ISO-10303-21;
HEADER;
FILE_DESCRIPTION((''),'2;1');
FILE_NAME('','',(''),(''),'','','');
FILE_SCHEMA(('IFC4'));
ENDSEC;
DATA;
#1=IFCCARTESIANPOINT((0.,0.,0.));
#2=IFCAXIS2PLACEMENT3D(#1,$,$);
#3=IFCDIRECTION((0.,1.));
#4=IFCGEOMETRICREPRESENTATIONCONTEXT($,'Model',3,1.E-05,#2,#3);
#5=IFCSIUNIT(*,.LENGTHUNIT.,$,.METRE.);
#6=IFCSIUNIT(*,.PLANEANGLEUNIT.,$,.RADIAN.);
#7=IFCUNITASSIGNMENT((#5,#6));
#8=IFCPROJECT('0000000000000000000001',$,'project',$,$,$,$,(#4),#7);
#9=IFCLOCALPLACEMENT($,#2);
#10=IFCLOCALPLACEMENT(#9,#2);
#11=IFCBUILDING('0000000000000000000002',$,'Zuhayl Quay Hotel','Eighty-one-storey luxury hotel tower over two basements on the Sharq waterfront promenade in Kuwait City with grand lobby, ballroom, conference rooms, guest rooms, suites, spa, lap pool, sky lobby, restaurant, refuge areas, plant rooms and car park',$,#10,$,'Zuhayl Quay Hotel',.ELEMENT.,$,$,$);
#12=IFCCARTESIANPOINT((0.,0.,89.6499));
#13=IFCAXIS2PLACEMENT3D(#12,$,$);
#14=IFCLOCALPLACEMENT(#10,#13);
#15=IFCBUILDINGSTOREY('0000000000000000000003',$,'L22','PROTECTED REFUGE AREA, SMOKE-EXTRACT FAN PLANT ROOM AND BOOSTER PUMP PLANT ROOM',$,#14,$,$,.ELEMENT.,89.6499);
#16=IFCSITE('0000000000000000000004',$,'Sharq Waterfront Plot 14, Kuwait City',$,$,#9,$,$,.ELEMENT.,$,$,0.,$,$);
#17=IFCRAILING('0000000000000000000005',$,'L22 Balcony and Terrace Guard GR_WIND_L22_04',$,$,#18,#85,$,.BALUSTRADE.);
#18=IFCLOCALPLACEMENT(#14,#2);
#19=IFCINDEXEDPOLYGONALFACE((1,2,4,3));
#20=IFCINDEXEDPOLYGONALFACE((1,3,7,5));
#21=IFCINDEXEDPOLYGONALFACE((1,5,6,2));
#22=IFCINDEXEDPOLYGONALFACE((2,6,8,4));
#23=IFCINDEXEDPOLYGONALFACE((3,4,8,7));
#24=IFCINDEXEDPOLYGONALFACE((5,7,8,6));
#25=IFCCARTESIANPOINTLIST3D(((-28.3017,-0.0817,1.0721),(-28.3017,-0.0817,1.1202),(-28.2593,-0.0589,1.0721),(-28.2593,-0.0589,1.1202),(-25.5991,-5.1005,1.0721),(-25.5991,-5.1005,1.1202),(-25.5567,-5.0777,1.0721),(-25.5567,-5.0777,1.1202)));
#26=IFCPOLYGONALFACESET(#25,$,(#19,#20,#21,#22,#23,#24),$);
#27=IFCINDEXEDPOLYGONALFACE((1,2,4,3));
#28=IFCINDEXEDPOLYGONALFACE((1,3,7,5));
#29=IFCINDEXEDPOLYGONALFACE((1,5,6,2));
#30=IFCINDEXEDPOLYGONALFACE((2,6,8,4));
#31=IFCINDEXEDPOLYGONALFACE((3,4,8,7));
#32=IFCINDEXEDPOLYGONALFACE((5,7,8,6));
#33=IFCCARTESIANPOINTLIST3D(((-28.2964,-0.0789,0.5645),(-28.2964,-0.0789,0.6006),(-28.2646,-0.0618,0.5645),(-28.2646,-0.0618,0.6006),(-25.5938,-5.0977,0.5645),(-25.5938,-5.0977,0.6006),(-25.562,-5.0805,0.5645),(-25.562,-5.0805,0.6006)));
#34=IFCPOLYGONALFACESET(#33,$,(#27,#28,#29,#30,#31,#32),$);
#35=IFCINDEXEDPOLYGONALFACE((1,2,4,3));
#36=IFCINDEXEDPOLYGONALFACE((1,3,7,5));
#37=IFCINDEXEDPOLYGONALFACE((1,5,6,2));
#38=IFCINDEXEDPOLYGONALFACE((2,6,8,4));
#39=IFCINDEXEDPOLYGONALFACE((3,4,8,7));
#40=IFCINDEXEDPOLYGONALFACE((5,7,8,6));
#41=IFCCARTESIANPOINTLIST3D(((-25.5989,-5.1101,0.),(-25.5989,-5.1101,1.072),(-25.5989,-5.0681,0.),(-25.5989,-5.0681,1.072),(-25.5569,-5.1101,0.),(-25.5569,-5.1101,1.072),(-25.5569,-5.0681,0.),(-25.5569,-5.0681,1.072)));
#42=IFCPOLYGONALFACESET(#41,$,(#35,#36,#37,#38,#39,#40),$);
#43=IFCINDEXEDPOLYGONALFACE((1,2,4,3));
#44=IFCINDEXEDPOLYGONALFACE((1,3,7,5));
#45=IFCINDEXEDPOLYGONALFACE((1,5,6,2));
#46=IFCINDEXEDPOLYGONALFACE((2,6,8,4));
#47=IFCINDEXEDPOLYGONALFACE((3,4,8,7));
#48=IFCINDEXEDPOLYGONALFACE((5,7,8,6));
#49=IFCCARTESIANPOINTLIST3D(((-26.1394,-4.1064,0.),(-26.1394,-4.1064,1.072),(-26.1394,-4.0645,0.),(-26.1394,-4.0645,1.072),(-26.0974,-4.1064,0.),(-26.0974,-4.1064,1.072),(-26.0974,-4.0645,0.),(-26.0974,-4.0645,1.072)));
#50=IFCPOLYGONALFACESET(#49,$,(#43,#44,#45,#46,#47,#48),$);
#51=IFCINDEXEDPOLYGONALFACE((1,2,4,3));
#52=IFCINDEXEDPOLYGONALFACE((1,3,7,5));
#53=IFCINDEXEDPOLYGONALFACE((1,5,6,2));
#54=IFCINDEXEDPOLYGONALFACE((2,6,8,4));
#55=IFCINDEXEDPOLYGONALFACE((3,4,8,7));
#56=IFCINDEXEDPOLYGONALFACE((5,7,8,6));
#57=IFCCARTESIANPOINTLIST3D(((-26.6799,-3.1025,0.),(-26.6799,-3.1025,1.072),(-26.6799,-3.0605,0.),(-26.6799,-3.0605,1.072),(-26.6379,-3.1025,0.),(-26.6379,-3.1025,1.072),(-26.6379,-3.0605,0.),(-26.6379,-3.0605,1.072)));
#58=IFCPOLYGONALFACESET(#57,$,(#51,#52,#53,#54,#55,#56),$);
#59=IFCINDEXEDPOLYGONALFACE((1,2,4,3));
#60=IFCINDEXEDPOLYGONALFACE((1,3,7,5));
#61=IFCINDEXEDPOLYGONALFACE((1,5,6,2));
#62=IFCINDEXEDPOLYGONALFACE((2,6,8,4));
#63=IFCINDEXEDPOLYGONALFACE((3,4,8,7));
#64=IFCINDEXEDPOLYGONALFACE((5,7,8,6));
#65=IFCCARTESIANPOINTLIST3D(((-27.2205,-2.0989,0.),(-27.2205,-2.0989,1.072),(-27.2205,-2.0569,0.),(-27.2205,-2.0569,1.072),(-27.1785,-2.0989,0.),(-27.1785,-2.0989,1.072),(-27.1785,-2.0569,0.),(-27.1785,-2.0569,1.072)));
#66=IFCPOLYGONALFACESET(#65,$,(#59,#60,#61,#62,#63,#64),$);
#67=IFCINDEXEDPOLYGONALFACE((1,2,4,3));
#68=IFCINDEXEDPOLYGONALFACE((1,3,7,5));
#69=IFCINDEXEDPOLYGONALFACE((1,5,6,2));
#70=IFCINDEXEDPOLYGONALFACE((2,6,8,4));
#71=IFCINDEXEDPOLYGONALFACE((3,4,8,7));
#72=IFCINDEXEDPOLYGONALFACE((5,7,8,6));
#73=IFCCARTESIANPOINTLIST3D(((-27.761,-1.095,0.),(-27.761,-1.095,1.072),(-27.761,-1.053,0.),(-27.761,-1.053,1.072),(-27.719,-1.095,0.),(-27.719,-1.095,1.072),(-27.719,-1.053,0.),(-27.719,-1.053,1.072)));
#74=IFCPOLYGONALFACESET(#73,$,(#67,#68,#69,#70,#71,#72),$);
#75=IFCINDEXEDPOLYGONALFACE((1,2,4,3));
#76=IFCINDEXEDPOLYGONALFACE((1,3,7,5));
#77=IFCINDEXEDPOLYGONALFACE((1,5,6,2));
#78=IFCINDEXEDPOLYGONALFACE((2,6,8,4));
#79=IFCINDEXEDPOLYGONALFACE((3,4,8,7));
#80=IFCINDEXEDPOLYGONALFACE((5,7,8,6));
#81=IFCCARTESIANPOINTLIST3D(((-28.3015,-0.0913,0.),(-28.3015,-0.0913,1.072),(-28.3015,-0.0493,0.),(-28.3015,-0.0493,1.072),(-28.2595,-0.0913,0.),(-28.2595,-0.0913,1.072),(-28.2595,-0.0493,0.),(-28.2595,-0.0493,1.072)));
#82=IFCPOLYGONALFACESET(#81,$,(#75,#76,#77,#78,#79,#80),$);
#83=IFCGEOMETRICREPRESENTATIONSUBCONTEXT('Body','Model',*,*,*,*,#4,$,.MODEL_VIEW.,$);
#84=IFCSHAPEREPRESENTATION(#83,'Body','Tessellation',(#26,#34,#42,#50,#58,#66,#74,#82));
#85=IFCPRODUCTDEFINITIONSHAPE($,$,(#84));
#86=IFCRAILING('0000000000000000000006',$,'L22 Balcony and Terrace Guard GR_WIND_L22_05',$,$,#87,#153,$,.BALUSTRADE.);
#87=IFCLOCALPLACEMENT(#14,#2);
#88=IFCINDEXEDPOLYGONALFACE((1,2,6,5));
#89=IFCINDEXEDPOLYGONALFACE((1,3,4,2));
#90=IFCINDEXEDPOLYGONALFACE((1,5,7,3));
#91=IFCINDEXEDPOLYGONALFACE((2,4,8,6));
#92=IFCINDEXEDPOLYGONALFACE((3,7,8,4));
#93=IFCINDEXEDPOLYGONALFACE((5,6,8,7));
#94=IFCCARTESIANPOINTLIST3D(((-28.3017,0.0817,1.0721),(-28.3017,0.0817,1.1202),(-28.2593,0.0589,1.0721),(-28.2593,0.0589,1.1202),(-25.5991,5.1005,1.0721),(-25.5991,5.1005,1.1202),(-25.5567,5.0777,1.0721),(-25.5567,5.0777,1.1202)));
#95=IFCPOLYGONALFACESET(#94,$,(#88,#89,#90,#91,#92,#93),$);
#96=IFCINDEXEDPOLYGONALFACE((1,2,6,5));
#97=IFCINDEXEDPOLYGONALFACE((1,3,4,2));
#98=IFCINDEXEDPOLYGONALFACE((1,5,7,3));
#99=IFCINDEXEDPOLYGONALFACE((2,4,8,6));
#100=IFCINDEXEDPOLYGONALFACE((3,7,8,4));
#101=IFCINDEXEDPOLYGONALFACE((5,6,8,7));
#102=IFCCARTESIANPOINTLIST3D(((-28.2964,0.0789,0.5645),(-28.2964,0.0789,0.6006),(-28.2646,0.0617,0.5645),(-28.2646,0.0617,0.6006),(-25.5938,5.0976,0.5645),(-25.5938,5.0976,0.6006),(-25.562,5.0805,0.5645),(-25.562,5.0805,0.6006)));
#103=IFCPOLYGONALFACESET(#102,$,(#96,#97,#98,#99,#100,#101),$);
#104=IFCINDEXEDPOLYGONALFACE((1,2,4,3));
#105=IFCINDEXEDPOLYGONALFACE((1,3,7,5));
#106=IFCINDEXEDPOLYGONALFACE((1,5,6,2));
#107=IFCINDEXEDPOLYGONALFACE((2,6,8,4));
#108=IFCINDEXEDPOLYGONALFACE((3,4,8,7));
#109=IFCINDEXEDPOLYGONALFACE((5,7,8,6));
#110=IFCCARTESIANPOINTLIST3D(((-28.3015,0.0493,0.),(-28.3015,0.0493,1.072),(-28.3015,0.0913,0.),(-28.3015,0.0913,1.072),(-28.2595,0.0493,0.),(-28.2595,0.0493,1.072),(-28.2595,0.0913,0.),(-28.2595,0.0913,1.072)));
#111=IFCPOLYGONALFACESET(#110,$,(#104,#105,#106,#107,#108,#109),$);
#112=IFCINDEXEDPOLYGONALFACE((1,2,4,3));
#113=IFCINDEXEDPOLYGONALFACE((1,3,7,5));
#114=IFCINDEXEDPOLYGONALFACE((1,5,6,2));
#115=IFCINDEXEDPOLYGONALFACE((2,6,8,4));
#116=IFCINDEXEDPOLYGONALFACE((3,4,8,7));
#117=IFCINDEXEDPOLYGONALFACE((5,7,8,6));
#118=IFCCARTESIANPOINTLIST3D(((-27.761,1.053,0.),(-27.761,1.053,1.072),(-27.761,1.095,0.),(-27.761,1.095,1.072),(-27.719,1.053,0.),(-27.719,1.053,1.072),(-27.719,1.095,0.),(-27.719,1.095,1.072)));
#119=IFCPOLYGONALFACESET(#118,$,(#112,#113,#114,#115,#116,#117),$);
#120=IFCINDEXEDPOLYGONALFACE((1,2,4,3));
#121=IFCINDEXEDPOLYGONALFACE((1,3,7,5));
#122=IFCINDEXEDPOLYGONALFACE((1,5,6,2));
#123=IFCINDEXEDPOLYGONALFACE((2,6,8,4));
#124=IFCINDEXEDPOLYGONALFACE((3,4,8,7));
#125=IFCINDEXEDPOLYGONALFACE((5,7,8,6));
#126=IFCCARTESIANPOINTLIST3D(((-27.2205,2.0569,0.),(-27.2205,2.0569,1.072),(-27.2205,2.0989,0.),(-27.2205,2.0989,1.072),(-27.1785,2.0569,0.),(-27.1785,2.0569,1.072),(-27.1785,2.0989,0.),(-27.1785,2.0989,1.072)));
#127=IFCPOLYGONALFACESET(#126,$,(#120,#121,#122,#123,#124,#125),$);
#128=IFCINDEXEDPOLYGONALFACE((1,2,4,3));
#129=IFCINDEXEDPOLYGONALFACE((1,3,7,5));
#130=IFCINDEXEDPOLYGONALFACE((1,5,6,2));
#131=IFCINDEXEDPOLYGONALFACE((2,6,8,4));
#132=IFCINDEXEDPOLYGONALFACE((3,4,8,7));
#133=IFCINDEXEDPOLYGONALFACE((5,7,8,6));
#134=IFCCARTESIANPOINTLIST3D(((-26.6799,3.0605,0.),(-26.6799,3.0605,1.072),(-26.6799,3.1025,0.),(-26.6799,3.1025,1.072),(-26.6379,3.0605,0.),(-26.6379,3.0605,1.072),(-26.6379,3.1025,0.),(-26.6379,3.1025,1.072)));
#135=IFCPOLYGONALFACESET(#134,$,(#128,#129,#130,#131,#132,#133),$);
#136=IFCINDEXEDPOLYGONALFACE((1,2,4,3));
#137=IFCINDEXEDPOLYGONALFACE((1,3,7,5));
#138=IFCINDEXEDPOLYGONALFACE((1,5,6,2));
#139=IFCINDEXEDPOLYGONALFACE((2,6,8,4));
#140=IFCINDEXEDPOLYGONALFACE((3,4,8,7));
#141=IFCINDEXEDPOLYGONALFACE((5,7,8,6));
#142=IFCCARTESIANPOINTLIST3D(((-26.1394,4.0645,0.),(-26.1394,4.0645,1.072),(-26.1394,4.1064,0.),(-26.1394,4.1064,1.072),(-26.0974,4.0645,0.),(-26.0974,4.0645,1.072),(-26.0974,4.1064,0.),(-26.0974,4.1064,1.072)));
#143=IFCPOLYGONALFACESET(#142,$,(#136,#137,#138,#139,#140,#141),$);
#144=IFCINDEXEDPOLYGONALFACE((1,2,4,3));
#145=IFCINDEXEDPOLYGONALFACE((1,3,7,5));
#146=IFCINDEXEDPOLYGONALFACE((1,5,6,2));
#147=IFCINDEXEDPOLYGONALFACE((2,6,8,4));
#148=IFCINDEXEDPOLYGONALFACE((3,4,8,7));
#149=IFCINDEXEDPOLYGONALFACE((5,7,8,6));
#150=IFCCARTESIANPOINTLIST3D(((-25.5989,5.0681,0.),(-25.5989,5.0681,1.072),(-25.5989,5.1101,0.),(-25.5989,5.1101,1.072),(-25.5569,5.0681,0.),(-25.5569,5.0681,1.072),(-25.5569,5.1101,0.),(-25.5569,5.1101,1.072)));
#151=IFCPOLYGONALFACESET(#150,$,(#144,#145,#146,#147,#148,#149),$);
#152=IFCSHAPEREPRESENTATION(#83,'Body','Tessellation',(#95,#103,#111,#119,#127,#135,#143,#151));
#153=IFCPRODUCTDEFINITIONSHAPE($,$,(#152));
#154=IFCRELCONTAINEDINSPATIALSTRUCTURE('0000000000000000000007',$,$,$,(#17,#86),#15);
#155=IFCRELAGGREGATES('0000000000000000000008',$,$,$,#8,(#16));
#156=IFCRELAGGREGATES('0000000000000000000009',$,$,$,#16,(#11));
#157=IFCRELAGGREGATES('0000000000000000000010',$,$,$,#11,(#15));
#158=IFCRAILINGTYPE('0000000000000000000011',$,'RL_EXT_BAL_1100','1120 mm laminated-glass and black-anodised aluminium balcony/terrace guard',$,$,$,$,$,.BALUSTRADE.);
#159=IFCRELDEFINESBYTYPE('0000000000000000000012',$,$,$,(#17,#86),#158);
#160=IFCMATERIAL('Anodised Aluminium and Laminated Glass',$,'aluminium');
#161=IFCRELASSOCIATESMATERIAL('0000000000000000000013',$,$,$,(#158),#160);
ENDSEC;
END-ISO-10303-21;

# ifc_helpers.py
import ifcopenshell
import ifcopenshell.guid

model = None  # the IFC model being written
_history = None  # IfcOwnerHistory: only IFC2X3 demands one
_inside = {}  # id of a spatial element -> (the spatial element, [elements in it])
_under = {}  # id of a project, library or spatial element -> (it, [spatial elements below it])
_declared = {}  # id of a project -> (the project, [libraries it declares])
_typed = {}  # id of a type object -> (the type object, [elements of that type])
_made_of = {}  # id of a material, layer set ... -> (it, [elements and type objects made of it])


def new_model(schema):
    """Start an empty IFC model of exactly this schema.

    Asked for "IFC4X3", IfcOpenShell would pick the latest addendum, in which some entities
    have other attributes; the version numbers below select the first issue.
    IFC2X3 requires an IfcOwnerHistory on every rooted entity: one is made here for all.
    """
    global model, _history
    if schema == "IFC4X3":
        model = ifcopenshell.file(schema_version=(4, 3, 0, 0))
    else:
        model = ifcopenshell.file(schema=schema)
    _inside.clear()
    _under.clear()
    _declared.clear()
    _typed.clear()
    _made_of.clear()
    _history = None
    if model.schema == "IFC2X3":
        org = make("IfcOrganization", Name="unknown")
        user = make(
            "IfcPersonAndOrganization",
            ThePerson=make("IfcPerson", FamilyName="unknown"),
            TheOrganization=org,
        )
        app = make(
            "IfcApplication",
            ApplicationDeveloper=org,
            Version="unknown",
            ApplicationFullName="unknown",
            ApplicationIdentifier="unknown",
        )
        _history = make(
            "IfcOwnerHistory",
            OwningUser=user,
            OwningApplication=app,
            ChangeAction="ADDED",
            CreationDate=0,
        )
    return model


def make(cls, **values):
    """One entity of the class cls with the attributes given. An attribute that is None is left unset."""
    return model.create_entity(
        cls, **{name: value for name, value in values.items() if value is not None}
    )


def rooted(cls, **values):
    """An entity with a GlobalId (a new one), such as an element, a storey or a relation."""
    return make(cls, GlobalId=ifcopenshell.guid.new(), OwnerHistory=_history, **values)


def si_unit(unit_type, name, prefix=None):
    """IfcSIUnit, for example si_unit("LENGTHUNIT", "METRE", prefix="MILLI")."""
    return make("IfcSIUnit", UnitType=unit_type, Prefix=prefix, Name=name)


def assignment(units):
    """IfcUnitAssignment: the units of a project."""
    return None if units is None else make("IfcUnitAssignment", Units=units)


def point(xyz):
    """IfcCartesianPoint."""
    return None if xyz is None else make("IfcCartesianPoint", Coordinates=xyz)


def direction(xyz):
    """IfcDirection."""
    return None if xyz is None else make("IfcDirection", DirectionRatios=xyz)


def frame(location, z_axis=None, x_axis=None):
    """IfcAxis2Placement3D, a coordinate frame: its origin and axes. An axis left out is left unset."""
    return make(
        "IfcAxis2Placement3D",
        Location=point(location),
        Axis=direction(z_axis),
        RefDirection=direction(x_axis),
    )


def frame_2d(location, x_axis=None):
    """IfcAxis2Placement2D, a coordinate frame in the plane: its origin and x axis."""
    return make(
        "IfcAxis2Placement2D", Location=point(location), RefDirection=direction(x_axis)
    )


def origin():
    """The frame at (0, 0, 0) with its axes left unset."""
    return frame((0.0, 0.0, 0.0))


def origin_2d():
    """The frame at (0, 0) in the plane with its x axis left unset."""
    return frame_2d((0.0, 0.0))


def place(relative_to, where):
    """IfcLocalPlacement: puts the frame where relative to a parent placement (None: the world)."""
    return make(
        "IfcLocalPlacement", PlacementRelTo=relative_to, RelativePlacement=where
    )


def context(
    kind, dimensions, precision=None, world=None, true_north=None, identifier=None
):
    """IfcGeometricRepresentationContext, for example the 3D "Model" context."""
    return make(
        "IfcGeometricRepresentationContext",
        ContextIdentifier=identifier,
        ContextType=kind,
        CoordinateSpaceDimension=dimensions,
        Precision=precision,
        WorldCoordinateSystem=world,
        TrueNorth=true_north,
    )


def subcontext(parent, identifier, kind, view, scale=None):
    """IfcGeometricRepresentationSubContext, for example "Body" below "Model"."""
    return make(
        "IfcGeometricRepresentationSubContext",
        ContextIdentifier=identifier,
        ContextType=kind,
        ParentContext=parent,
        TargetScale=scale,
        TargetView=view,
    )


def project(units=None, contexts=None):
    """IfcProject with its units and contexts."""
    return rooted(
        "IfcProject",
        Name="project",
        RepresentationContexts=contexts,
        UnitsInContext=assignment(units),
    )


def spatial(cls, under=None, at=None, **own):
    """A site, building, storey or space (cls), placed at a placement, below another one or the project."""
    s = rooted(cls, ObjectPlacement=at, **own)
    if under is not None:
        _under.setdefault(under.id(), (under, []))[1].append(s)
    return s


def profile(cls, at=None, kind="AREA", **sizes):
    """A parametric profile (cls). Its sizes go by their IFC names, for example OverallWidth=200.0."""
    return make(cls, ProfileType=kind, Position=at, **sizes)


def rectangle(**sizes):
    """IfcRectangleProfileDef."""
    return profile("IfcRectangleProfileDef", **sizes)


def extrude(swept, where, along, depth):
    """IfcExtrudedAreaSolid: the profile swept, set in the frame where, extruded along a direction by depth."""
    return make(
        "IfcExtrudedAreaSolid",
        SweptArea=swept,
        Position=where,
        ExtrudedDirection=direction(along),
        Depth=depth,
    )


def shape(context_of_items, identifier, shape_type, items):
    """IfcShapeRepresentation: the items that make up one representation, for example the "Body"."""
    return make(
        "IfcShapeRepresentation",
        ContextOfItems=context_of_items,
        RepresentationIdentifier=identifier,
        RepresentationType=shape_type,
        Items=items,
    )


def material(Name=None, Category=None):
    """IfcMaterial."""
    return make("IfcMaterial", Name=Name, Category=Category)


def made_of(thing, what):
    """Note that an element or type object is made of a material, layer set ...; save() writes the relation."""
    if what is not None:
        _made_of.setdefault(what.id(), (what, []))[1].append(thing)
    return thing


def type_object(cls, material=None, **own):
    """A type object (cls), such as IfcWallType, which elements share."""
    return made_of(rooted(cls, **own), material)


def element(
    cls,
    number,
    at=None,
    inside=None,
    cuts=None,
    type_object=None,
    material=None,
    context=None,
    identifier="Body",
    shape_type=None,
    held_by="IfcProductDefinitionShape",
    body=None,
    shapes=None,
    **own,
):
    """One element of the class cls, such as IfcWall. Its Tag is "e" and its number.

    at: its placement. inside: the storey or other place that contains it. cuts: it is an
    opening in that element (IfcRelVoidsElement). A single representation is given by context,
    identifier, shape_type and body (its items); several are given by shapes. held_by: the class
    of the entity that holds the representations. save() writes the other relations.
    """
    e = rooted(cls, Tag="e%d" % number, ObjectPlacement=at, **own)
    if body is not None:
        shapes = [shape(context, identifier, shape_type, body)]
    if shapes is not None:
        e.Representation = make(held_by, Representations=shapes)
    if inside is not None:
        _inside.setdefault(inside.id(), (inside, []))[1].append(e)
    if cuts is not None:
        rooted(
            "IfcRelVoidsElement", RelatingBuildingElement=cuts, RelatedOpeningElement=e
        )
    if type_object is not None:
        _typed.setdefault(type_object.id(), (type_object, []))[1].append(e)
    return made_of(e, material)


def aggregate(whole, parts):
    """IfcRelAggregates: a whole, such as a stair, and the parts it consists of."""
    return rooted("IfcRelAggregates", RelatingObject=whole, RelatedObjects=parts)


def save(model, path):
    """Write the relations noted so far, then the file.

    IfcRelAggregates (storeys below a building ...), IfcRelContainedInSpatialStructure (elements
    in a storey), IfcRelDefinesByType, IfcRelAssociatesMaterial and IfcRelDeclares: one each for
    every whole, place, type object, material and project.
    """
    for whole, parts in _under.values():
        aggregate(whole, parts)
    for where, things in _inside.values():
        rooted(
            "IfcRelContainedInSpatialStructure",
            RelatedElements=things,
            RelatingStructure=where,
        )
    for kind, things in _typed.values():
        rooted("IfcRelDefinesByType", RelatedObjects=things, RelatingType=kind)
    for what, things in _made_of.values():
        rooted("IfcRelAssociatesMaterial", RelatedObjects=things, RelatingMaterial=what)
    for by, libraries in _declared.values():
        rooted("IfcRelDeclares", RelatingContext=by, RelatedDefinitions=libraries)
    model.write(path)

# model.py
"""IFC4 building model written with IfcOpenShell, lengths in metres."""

from ifc_helpers import new_model, si_unit, direction, frame, origin, origin_2d, place, context, subcontext, project, spatial, rectangle, extrude, material, type_object, element, save


model = new_model("IFC4")

# Units and contexts
model_context = context("Model", 3, precision=1e-05, world=origin(), true_north=direction((0.0, 1.0)))
body_context = subcontext(model_context, "Body", "Model", "MODEL_VIEW")
ifc_project = project(units=[si_unit("LENGTHUNIT", "METRE"), si_unit("PLANEANGLEUNIT", "RADIAN")], contexts=[model_context])

# Site, building, storey
site_placement = place(None, origin())
site = spatial("IfcSite", under=ifc_project, at=site_placement, Name="Sharq Waterfront Plot 14, Kuwait City", CompositionType="ELEMENT", RefElevation=0.0)
building_placement = place(site_placement, origin())
building = spatial("IfcBuilding", under=site, at=building_placement, Name="Zuhayl Quay Hotel", Description="Eighty-one-storey luxury hotel tower over two basements on the Sharq waterfront promenade in Kuwait City with grand lobby, ballroom, conference rooms, guest rooms, suites, spa, lap pool, sky lobby, restaurant, refuge areas, plant rooms and car park", LongName="Zuhayl Quay Hotel", CompositionType="ELEMENT")
storey_placement = place(building_placement, frame((0.0, 0.0, 89.6499)))
storey = spatial("IfcBuildingStorey", under=building, at=storey_placement, Name="L22", Description="PROTECTED REFUGE AREA, SMOKE-EXTRACT FAN PLANT ROOM AND BOOSTER PUMP PLANT ROOM", CompositionType="ELEMENT", Elevation=89.6499)

# Railings
ifc_material_1 = material(Name="Anodised Aluminium and Laminated Glass", Category="aluminium")
railing_type = type_object("IfcRailingType", Name="RL_EXT_BAL_1100", Description="1120 mm laminated-glass and black-anodised aluminium balcony/terrace guard", PredefinedType="BALUSTRADE", material=ifc_material_1)
railing_1_placement = place(storey_placement, frame((-25.5779, -5.0891, 0.0)))
element("IfcRailing", 1, at=railing_1_placement, inside=storey, type_object=railing_type, Name="L22 Balcony and Terrace Guard GR_WIND_L22_04", PredefinedType="BALUSTRADE", context=body_context, shape_type="SweptSolid", body=[
    extrude(rectangle(XDim=0.0481, YDim=0.0481, at=origin_2d()), frame((0.0, 0.0, 1.0962), z_axis=(-0.474128, 0.880456, 0.0), x_axis=(-0.880456, -0.474128, 0.0)), (0.0, 0.0, 1.0), 5.7002),
    extrude(rectangle(XDim=0.0361, YDim=0.0361, at=origin_2d()), frame((0.0, 0.0, 0.5825), z_axis=(-0.474128, 0.880456, 0.0), x_axis=(-0.880456, -0.474128, 0.0)), (0.0, 0.0, 1.0), 5.7002),
    extrude(rectangle(XDim=0.042, YDim=0.042, at=origin_2d()), origin(), (0.0, 0.0, 1.0), 1.072),
    extrude(rectangle(XDim=0.042, YDim=0.042, at=origin_2d()), frame((-0.5405, 1.0037, 0.0)), (0.0, 0.0, 1.0), 1.072),
    extrude(rectangle(XDim=0.042, YDim=0.042, at=origin_2d()), frame((-1.0811, 2.0076, 0.0)), (0.0, 0.0, 1.0), 1.072),
    extrude(rectangle(XDim=0.042, YDim=0.042, at=origin_2d()), frame((-1.6216, 3.0112, 0.0)), (0.0, 0.0, 1.0), 1.072),
    extrude(rectangle(XDim=0.042, YDim=0.042, at=origin_2d()), frame((-2.1621, 4.0151, 0.0)), (0.0, 0.0, 1.0), 1.072),
    extrude(rectangle(XDim=0.042, YDim=0.042, at=origin_2d()), frame((-2.7026, 5.0188, 0.0)), (0.0, 0.0, 1.0), 1.072),
])
railing_2_placement = place(storey_placement, frame((-28.2805, 0.0703, 0.0)))
element("IfcRailing", 2, at=railing_2_placement, inside=storey, type_object=railing_type, Name="L22 Balcony and Terrace Guard GR_WIND_L22_05", PredefinedType="BALUSTRADE", context=body_context, shape_type="SweptSolid", body=[
    extrude(rectangle(XDim=0.0481, YDim=0.0481, at=origin_2d()), frame((0.0, 0.0, 1.0962), z_axis=(0.474128, 0.880456, 0.0), x_axis=(-0.880456, 0.474128, 0.0)), (0.0, 0.0, 1.0), 5.7002),
    extrude(rectangle(XDim=0.0361, YDim=0.0361, at=origin_2d()), frame((0.0, 0.0, 0.5825), z_axis=(0.474128, 0.880456, 0.0), x_axis=(-0.880456, 0.474128, 0.0)), (0.0, 0.0, 1.0), 5.7002),
    extrude(rectangle(XDim=0.042, YDim=0.042, at=origin_2d()), origin(), (0.0, 0.0, 1.0), 1.072),
    extrude(rectangle(XDim=0.042, YDim=0.042, at=origin_2d()), frame((0.5405, 1.0037, 0.0)), (0.0, 0.0, 1.0), 1.072),
    extrude(rectangle(XDim=0.042, YDim=0.042, at=origin_2d()), frame((1.0811, 2.0076, 0.0)), (0.0, 0.0, 1.0), 1.072),
    extrude(rectangle(XDim=0.042, YDim=0.042, at=origin_2d()), frame((1.6216, 3.0112, 0.0)), (0.0, 0.0, 1.0), 1.072),
    extrude(rectangle(XDim=0.042, YDim=0.042, at=origin_2d()), frame((2.1621, 4.0151, 0.0)), (0.0, 0.0, 1.0), 1.072),
    extrude(rectangle(XDim=0.042, YDim=0.042, at=origin_2d()), frame((2.7026, 5.0188, 0.0)), (0.0, 0.0, 1.0), 1.072),
])

save(model, "model.ifc")
